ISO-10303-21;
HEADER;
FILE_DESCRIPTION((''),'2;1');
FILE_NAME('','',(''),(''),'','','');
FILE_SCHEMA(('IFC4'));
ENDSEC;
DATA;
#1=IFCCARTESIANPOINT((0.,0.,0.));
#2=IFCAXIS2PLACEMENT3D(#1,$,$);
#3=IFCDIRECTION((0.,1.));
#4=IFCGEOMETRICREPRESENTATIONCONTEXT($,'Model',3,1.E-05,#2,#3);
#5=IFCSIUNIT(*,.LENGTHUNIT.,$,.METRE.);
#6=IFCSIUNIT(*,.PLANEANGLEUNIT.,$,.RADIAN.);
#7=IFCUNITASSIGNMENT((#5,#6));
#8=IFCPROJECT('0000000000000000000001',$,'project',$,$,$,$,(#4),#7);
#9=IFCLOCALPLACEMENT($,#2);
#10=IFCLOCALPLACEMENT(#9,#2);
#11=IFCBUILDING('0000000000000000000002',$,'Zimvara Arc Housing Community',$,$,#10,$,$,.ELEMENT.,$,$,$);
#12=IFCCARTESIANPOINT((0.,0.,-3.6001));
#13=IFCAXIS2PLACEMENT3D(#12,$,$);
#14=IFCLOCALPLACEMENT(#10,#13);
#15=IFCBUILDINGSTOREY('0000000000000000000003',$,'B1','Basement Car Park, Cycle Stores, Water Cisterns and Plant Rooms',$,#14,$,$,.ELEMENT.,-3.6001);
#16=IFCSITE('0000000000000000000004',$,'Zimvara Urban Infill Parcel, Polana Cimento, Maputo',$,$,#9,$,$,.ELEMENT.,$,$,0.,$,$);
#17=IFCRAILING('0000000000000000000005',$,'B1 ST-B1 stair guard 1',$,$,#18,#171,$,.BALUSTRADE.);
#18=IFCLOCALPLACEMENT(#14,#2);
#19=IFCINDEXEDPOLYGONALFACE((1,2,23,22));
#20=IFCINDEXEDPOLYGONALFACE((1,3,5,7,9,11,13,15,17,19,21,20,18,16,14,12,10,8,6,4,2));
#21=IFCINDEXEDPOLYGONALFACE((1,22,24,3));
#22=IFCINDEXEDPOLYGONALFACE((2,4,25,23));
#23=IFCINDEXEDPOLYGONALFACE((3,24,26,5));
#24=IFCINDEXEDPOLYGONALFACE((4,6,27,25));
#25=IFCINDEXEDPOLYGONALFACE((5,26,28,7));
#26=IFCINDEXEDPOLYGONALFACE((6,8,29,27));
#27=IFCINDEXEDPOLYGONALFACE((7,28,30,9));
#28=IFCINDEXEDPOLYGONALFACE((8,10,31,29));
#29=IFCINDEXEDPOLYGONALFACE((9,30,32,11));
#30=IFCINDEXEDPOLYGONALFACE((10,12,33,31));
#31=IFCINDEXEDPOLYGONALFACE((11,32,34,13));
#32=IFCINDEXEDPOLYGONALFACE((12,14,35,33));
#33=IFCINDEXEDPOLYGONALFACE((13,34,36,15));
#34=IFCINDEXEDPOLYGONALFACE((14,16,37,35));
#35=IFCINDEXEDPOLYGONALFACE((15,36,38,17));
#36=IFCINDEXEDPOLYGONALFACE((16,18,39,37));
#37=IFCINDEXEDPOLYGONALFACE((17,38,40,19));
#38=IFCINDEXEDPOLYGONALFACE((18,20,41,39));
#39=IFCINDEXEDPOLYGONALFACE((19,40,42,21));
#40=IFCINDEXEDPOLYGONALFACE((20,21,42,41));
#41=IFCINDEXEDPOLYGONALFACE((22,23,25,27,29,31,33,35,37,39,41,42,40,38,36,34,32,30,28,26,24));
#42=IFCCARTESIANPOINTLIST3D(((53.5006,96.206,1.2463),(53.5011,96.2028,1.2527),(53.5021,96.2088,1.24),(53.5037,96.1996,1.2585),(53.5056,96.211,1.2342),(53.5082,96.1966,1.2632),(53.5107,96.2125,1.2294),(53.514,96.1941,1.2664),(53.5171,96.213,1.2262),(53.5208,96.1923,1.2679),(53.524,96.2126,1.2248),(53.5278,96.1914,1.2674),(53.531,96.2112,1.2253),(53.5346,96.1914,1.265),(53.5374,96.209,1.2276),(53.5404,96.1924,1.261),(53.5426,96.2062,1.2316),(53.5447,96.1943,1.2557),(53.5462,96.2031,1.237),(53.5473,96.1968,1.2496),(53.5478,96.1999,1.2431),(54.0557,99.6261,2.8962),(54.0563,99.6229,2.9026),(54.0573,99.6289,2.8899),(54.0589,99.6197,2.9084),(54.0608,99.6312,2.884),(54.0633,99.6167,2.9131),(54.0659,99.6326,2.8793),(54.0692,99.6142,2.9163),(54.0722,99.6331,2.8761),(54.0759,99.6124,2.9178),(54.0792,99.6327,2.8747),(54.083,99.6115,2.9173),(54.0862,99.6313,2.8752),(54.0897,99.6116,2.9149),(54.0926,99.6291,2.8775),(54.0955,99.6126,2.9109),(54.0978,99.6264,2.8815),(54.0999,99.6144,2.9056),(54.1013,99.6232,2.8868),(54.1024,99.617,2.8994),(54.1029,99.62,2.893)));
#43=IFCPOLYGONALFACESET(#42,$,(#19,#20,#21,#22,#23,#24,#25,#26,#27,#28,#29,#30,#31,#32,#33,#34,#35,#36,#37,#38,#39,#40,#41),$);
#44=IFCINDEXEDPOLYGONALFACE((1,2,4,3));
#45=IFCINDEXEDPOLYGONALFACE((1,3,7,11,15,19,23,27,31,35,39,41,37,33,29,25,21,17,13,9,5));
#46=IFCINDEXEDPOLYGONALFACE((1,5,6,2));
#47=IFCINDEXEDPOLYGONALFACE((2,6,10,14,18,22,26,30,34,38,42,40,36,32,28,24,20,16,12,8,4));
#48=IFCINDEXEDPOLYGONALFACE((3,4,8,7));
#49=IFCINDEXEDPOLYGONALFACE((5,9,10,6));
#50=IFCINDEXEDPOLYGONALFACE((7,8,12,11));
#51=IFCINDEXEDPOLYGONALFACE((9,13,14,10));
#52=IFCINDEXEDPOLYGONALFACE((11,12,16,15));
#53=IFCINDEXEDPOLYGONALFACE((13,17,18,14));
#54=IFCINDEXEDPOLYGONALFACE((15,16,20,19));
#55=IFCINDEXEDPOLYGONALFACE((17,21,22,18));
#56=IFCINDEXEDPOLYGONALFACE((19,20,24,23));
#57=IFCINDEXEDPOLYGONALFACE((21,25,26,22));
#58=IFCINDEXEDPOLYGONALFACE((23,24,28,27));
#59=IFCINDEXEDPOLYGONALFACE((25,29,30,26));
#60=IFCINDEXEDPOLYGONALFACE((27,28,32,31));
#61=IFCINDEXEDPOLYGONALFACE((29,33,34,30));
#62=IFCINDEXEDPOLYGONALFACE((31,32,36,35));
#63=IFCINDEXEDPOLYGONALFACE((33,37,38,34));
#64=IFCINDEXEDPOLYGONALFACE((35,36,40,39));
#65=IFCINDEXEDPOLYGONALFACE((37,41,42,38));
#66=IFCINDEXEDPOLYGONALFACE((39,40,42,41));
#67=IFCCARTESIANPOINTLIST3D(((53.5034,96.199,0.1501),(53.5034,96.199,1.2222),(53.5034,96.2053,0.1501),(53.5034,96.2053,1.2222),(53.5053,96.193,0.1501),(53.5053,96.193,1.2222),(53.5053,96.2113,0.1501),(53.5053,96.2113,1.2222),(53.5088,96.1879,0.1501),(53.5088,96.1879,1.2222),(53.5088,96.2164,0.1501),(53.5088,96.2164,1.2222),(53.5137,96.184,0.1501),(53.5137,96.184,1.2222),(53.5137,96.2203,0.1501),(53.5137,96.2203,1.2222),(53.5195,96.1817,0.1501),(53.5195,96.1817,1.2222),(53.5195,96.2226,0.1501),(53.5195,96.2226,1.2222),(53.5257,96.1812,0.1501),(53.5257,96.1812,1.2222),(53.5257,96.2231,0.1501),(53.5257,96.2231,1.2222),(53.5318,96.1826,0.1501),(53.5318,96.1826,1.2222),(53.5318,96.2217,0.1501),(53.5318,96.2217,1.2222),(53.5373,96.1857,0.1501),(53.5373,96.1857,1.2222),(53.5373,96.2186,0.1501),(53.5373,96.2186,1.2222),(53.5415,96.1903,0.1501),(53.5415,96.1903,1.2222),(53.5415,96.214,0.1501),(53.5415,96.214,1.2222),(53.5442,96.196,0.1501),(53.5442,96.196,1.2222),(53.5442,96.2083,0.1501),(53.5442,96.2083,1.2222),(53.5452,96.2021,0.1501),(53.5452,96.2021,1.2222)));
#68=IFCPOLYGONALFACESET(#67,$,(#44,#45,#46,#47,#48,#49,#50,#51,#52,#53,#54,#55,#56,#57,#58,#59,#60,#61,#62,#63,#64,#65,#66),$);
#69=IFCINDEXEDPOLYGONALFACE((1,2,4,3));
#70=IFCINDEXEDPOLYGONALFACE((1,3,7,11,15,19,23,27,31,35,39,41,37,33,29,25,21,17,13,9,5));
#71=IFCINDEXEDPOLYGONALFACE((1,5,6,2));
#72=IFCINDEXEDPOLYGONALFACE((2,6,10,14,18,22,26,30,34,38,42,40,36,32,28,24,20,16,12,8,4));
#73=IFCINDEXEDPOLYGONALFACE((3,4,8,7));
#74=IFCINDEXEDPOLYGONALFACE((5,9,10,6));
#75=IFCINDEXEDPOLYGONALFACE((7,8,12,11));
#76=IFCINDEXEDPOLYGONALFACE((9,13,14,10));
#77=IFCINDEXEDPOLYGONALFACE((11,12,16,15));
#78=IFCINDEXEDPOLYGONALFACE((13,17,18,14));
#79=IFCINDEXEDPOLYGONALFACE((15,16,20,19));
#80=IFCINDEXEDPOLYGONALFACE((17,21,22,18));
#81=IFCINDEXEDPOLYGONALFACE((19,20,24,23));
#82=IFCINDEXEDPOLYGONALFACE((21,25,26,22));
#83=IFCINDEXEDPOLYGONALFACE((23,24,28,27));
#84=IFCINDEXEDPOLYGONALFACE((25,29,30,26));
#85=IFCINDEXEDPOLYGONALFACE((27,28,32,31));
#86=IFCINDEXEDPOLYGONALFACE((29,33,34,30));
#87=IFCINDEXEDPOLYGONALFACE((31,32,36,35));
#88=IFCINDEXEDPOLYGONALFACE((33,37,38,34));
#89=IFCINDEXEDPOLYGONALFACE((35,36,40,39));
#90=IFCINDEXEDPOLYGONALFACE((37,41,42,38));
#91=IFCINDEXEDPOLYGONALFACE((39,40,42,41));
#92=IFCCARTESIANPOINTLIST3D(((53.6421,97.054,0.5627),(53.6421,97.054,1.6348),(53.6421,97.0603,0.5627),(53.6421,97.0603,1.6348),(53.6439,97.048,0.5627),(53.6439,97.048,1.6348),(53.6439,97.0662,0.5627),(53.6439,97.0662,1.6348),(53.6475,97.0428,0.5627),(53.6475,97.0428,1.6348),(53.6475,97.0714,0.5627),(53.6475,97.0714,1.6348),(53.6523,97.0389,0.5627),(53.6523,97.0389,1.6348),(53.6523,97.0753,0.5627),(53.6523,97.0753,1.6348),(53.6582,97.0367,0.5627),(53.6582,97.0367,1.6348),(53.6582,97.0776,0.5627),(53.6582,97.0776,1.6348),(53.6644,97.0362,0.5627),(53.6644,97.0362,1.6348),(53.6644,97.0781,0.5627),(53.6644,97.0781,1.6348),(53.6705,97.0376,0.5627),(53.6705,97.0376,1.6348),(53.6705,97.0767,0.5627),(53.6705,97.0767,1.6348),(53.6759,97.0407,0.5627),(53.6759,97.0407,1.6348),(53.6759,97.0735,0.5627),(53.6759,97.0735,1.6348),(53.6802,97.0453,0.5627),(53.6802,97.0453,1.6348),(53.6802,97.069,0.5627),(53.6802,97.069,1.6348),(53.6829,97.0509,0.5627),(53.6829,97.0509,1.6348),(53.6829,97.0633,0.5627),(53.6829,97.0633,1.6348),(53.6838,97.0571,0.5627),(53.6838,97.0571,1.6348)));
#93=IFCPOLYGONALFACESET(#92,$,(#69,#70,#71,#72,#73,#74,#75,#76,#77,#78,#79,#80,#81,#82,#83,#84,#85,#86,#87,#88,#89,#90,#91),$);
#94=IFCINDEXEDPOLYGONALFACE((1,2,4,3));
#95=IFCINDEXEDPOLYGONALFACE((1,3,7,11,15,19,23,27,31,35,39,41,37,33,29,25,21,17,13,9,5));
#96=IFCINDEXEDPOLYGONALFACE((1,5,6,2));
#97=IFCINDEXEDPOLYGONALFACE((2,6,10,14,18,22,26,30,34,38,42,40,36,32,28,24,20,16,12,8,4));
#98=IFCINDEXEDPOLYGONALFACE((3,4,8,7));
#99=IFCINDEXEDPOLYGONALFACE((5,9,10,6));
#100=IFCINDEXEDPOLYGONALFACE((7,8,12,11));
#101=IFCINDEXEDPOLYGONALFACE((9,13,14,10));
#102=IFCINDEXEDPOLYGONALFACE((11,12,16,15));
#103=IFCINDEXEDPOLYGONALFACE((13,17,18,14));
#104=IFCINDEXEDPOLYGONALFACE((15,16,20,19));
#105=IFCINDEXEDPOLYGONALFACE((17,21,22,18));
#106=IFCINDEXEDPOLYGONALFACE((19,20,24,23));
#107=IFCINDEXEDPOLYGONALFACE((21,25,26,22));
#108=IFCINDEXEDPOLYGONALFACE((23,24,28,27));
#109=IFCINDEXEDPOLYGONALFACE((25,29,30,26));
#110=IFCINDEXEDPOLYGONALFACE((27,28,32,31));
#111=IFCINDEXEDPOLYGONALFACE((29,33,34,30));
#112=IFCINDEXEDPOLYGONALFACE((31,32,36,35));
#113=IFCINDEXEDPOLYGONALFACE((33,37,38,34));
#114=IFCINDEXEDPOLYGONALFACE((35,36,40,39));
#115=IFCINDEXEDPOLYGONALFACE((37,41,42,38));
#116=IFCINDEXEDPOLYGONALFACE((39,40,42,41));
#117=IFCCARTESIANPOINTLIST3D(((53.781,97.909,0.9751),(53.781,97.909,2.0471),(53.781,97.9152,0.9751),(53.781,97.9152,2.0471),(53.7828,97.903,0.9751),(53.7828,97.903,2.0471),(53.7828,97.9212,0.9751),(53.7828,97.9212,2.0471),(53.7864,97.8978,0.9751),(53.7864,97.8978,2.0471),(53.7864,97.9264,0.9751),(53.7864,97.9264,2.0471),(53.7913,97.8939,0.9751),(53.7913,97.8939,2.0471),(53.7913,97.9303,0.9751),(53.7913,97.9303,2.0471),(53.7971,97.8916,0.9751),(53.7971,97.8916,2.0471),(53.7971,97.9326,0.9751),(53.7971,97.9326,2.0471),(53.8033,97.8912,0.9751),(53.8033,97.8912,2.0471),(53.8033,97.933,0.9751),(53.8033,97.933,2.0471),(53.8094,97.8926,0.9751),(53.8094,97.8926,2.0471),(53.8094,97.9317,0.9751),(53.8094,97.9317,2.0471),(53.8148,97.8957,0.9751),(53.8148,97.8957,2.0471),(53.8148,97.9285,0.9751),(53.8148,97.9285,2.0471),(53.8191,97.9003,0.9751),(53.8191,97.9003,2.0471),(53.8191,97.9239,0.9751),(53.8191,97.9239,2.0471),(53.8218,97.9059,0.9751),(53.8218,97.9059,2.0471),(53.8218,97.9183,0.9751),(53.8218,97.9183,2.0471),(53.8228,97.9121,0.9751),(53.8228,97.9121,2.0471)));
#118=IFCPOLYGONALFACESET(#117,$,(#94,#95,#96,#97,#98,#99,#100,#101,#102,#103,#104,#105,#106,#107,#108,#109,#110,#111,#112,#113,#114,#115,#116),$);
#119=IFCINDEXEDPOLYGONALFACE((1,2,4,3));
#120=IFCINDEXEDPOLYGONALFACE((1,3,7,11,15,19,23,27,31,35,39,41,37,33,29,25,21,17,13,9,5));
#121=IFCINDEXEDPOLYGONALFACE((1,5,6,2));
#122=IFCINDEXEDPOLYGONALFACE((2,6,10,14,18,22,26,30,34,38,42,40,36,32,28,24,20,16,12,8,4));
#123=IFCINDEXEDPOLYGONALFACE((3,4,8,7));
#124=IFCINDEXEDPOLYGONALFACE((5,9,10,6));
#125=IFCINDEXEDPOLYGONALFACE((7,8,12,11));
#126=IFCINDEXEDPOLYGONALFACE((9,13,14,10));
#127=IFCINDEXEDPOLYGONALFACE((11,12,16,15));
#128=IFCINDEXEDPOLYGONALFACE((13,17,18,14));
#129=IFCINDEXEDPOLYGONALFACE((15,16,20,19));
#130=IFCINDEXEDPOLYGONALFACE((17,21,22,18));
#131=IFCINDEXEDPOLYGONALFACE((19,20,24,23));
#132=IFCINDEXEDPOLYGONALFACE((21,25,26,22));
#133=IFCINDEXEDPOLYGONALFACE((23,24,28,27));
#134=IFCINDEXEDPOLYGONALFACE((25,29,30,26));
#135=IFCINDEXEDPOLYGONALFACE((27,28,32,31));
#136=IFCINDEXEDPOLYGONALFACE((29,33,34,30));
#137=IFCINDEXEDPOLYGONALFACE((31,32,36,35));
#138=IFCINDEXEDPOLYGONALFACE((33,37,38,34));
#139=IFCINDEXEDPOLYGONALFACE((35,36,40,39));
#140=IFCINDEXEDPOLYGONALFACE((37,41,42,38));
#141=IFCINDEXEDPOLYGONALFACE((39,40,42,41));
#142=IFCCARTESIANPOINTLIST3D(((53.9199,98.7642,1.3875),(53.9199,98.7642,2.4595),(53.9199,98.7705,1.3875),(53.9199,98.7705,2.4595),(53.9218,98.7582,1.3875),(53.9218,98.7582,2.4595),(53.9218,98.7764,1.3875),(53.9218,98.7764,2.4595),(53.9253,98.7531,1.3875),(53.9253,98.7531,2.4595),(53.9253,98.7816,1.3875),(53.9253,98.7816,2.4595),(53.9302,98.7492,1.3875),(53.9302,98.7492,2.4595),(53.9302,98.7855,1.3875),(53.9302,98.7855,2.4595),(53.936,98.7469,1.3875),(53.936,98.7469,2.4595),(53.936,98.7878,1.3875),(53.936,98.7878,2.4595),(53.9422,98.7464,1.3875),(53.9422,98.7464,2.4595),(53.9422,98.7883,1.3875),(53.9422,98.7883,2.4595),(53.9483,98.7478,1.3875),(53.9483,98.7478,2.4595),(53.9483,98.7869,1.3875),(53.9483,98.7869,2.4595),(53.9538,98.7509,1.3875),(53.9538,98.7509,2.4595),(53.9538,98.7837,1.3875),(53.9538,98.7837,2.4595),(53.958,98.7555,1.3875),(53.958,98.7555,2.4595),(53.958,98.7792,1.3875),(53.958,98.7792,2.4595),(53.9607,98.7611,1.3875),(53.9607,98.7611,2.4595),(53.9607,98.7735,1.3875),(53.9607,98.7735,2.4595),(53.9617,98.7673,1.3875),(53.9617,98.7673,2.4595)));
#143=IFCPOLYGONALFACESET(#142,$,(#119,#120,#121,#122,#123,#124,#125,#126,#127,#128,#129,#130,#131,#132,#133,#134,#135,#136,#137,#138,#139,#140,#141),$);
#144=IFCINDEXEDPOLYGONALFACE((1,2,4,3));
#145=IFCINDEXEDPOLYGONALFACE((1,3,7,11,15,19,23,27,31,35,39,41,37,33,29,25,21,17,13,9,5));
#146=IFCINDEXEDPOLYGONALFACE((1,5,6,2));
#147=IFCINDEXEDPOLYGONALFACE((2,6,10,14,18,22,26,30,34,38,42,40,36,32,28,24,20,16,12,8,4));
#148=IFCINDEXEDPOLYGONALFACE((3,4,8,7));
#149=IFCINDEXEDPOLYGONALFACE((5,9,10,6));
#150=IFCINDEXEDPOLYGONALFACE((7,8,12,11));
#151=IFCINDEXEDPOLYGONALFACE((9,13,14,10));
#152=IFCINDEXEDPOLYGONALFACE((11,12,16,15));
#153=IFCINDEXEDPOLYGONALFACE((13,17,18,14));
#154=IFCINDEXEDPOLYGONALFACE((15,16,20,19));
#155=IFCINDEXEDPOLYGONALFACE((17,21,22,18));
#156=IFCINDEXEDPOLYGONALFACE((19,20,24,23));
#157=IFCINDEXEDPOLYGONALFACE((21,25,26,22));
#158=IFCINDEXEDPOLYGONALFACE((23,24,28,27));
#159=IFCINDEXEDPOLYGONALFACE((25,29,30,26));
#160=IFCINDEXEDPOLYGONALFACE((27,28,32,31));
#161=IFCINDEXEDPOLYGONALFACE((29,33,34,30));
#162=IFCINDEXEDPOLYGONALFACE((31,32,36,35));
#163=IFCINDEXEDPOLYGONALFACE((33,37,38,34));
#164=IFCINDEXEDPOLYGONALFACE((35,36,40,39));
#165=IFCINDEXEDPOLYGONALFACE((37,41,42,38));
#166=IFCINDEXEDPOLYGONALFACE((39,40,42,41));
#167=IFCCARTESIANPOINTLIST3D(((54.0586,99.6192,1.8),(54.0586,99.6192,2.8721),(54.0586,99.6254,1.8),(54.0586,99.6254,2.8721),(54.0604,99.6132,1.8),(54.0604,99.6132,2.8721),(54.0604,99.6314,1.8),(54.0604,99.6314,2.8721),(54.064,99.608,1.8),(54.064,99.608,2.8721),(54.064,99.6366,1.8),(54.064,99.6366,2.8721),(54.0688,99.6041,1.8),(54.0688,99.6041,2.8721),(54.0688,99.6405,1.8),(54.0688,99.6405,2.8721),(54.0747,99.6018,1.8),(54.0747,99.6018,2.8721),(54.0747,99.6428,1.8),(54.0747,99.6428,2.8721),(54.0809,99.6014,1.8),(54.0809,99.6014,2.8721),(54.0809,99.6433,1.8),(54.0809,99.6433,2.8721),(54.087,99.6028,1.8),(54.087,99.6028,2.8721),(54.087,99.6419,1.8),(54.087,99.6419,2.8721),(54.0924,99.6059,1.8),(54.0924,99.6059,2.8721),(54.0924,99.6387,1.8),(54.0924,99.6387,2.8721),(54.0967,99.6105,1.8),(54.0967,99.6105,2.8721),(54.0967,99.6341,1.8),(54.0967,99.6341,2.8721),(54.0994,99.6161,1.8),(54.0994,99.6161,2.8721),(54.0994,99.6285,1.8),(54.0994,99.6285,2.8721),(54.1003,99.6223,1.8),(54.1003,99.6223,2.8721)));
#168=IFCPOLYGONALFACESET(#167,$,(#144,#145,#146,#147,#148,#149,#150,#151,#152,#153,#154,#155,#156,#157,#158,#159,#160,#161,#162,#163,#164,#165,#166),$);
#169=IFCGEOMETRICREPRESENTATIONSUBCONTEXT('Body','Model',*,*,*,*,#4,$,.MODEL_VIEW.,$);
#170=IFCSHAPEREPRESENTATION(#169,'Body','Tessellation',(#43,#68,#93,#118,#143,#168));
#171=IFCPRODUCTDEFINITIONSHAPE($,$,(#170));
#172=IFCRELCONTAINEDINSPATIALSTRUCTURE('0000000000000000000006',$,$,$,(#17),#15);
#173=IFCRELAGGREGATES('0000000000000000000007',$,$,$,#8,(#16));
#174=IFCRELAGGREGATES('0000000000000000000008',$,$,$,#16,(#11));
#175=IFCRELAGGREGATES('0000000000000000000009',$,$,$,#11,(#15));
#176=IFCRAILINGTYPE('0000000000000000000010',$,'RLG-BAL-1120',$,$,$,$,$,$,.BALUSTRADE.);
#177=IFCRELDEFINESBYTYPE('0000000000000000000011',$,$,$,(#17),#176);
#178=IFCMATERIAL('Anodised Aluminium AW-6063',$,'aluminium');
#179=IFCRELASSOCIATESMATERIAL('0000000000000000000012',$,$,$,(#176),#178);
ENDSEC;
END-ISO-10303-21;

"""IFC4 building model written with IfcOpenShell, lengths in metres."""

from ifc_helpers import new_model, si_unit, direction, frame, origin, origin_2d, place, context, subcontext, project, spatial, circle, extrude, material, type_object, element, save


model = new_model("IFC4")

# Units and contexts
model_context = context("Model", 3, precision=1e-05, world=origin(), true_north=direction((0.0, 1.0)))
body_context = subcontext(model_context, "Body", "Model", "MODEL_VIEW")
ifc_project = project(units=[si_unit("LENGTHUNIT", "METRE"), si_unit("PLANEANGLEUNIT", "RADIAN")], contexts=[model_context])

# Site, building, storey
site_placement = place(None, origin())
site = spatial("IfcSite", under=ifc_project, at=site_placement, Name="Zimvara Urban Infill Parcel, Polana Cimento, Maputo", CompositionType="ELEMENT", RefElevation=0.0)
building_placement = place(site_placement, origin())
building = spatial("IfcBuilding", under=site, at=building_placement, Name="Zimvara Arc Housing Community", CompositionType="ELEMENT")
storey_placement = place(building_placement, frame((0.0, 0.0, -3.6001)))
storey = spatial("IfcBuildingStorey", under=building, at=storey_placement, Name="B1", Description="Basement Car Park, Cycle Stores, Water Cisterns and Plant Rooms", CompositionType="ELEMENT", Elevation=-3.6001)

# Railing
ifc_material_1 = material(Name="Anodised Aluminium AW-6063", Category="aluminium")
railing_type_1 = type_object("IfcRailingType", Name="RLG-BAL-1120", PredefinedType="BALUSTRADE", material=ifc_material_1)
railing_1_placement = place(storey_placement, frame((53.5242, 96.2021, 0.1501)))
element("IfcRailing", 1, at=railing_1_placement, inside=storey, type_object=railing_type_1, Name="B1 ST-B1 stair guard 1", PredefinedType="BALUSTRADE", context=body_context, shape_type="SweptSolid", body=[
    extrude(circle(Radius=0.0239, at=origin_2d()), frame((0.0, 0.0, 1.0962), z_axis=(0.144664, 0.891202, 0.42992), x_axis=(-0.98708, 0.160227, 0.0)), (0.0, 0.0, 1.0), 3.8376),
    extrude(circle(Radius=0.021, at=origin_2d()), origin(), (0.0, 0.0, 1.0), 1.072),
    extrude(circle(Radius=0.021, at=origin_2d()), frame((0.1387, 0.855, 0.4126)), (0.0, 0.0, 1.0), 1.072),
    extrude(circle(Radius=0.021, at=origin_2d()), frame((0.2776, 1.71, 0.825)), (0.0, 0.0, 1.0), 1.072),
    extrude(circle(Radius=0.021, at=origin_2d()), frame((0.4165, 2.5652, 1.2373)), (0.0, 0.0, 1.0), 1.072),
    extrude(circle(Radius=0.021, at=origin_2d()), frame((0.5552, 3.4202, 1.6499)), (0.0, 0.0, 1.0), 1.072),
])

save(model, "model.ifc")
